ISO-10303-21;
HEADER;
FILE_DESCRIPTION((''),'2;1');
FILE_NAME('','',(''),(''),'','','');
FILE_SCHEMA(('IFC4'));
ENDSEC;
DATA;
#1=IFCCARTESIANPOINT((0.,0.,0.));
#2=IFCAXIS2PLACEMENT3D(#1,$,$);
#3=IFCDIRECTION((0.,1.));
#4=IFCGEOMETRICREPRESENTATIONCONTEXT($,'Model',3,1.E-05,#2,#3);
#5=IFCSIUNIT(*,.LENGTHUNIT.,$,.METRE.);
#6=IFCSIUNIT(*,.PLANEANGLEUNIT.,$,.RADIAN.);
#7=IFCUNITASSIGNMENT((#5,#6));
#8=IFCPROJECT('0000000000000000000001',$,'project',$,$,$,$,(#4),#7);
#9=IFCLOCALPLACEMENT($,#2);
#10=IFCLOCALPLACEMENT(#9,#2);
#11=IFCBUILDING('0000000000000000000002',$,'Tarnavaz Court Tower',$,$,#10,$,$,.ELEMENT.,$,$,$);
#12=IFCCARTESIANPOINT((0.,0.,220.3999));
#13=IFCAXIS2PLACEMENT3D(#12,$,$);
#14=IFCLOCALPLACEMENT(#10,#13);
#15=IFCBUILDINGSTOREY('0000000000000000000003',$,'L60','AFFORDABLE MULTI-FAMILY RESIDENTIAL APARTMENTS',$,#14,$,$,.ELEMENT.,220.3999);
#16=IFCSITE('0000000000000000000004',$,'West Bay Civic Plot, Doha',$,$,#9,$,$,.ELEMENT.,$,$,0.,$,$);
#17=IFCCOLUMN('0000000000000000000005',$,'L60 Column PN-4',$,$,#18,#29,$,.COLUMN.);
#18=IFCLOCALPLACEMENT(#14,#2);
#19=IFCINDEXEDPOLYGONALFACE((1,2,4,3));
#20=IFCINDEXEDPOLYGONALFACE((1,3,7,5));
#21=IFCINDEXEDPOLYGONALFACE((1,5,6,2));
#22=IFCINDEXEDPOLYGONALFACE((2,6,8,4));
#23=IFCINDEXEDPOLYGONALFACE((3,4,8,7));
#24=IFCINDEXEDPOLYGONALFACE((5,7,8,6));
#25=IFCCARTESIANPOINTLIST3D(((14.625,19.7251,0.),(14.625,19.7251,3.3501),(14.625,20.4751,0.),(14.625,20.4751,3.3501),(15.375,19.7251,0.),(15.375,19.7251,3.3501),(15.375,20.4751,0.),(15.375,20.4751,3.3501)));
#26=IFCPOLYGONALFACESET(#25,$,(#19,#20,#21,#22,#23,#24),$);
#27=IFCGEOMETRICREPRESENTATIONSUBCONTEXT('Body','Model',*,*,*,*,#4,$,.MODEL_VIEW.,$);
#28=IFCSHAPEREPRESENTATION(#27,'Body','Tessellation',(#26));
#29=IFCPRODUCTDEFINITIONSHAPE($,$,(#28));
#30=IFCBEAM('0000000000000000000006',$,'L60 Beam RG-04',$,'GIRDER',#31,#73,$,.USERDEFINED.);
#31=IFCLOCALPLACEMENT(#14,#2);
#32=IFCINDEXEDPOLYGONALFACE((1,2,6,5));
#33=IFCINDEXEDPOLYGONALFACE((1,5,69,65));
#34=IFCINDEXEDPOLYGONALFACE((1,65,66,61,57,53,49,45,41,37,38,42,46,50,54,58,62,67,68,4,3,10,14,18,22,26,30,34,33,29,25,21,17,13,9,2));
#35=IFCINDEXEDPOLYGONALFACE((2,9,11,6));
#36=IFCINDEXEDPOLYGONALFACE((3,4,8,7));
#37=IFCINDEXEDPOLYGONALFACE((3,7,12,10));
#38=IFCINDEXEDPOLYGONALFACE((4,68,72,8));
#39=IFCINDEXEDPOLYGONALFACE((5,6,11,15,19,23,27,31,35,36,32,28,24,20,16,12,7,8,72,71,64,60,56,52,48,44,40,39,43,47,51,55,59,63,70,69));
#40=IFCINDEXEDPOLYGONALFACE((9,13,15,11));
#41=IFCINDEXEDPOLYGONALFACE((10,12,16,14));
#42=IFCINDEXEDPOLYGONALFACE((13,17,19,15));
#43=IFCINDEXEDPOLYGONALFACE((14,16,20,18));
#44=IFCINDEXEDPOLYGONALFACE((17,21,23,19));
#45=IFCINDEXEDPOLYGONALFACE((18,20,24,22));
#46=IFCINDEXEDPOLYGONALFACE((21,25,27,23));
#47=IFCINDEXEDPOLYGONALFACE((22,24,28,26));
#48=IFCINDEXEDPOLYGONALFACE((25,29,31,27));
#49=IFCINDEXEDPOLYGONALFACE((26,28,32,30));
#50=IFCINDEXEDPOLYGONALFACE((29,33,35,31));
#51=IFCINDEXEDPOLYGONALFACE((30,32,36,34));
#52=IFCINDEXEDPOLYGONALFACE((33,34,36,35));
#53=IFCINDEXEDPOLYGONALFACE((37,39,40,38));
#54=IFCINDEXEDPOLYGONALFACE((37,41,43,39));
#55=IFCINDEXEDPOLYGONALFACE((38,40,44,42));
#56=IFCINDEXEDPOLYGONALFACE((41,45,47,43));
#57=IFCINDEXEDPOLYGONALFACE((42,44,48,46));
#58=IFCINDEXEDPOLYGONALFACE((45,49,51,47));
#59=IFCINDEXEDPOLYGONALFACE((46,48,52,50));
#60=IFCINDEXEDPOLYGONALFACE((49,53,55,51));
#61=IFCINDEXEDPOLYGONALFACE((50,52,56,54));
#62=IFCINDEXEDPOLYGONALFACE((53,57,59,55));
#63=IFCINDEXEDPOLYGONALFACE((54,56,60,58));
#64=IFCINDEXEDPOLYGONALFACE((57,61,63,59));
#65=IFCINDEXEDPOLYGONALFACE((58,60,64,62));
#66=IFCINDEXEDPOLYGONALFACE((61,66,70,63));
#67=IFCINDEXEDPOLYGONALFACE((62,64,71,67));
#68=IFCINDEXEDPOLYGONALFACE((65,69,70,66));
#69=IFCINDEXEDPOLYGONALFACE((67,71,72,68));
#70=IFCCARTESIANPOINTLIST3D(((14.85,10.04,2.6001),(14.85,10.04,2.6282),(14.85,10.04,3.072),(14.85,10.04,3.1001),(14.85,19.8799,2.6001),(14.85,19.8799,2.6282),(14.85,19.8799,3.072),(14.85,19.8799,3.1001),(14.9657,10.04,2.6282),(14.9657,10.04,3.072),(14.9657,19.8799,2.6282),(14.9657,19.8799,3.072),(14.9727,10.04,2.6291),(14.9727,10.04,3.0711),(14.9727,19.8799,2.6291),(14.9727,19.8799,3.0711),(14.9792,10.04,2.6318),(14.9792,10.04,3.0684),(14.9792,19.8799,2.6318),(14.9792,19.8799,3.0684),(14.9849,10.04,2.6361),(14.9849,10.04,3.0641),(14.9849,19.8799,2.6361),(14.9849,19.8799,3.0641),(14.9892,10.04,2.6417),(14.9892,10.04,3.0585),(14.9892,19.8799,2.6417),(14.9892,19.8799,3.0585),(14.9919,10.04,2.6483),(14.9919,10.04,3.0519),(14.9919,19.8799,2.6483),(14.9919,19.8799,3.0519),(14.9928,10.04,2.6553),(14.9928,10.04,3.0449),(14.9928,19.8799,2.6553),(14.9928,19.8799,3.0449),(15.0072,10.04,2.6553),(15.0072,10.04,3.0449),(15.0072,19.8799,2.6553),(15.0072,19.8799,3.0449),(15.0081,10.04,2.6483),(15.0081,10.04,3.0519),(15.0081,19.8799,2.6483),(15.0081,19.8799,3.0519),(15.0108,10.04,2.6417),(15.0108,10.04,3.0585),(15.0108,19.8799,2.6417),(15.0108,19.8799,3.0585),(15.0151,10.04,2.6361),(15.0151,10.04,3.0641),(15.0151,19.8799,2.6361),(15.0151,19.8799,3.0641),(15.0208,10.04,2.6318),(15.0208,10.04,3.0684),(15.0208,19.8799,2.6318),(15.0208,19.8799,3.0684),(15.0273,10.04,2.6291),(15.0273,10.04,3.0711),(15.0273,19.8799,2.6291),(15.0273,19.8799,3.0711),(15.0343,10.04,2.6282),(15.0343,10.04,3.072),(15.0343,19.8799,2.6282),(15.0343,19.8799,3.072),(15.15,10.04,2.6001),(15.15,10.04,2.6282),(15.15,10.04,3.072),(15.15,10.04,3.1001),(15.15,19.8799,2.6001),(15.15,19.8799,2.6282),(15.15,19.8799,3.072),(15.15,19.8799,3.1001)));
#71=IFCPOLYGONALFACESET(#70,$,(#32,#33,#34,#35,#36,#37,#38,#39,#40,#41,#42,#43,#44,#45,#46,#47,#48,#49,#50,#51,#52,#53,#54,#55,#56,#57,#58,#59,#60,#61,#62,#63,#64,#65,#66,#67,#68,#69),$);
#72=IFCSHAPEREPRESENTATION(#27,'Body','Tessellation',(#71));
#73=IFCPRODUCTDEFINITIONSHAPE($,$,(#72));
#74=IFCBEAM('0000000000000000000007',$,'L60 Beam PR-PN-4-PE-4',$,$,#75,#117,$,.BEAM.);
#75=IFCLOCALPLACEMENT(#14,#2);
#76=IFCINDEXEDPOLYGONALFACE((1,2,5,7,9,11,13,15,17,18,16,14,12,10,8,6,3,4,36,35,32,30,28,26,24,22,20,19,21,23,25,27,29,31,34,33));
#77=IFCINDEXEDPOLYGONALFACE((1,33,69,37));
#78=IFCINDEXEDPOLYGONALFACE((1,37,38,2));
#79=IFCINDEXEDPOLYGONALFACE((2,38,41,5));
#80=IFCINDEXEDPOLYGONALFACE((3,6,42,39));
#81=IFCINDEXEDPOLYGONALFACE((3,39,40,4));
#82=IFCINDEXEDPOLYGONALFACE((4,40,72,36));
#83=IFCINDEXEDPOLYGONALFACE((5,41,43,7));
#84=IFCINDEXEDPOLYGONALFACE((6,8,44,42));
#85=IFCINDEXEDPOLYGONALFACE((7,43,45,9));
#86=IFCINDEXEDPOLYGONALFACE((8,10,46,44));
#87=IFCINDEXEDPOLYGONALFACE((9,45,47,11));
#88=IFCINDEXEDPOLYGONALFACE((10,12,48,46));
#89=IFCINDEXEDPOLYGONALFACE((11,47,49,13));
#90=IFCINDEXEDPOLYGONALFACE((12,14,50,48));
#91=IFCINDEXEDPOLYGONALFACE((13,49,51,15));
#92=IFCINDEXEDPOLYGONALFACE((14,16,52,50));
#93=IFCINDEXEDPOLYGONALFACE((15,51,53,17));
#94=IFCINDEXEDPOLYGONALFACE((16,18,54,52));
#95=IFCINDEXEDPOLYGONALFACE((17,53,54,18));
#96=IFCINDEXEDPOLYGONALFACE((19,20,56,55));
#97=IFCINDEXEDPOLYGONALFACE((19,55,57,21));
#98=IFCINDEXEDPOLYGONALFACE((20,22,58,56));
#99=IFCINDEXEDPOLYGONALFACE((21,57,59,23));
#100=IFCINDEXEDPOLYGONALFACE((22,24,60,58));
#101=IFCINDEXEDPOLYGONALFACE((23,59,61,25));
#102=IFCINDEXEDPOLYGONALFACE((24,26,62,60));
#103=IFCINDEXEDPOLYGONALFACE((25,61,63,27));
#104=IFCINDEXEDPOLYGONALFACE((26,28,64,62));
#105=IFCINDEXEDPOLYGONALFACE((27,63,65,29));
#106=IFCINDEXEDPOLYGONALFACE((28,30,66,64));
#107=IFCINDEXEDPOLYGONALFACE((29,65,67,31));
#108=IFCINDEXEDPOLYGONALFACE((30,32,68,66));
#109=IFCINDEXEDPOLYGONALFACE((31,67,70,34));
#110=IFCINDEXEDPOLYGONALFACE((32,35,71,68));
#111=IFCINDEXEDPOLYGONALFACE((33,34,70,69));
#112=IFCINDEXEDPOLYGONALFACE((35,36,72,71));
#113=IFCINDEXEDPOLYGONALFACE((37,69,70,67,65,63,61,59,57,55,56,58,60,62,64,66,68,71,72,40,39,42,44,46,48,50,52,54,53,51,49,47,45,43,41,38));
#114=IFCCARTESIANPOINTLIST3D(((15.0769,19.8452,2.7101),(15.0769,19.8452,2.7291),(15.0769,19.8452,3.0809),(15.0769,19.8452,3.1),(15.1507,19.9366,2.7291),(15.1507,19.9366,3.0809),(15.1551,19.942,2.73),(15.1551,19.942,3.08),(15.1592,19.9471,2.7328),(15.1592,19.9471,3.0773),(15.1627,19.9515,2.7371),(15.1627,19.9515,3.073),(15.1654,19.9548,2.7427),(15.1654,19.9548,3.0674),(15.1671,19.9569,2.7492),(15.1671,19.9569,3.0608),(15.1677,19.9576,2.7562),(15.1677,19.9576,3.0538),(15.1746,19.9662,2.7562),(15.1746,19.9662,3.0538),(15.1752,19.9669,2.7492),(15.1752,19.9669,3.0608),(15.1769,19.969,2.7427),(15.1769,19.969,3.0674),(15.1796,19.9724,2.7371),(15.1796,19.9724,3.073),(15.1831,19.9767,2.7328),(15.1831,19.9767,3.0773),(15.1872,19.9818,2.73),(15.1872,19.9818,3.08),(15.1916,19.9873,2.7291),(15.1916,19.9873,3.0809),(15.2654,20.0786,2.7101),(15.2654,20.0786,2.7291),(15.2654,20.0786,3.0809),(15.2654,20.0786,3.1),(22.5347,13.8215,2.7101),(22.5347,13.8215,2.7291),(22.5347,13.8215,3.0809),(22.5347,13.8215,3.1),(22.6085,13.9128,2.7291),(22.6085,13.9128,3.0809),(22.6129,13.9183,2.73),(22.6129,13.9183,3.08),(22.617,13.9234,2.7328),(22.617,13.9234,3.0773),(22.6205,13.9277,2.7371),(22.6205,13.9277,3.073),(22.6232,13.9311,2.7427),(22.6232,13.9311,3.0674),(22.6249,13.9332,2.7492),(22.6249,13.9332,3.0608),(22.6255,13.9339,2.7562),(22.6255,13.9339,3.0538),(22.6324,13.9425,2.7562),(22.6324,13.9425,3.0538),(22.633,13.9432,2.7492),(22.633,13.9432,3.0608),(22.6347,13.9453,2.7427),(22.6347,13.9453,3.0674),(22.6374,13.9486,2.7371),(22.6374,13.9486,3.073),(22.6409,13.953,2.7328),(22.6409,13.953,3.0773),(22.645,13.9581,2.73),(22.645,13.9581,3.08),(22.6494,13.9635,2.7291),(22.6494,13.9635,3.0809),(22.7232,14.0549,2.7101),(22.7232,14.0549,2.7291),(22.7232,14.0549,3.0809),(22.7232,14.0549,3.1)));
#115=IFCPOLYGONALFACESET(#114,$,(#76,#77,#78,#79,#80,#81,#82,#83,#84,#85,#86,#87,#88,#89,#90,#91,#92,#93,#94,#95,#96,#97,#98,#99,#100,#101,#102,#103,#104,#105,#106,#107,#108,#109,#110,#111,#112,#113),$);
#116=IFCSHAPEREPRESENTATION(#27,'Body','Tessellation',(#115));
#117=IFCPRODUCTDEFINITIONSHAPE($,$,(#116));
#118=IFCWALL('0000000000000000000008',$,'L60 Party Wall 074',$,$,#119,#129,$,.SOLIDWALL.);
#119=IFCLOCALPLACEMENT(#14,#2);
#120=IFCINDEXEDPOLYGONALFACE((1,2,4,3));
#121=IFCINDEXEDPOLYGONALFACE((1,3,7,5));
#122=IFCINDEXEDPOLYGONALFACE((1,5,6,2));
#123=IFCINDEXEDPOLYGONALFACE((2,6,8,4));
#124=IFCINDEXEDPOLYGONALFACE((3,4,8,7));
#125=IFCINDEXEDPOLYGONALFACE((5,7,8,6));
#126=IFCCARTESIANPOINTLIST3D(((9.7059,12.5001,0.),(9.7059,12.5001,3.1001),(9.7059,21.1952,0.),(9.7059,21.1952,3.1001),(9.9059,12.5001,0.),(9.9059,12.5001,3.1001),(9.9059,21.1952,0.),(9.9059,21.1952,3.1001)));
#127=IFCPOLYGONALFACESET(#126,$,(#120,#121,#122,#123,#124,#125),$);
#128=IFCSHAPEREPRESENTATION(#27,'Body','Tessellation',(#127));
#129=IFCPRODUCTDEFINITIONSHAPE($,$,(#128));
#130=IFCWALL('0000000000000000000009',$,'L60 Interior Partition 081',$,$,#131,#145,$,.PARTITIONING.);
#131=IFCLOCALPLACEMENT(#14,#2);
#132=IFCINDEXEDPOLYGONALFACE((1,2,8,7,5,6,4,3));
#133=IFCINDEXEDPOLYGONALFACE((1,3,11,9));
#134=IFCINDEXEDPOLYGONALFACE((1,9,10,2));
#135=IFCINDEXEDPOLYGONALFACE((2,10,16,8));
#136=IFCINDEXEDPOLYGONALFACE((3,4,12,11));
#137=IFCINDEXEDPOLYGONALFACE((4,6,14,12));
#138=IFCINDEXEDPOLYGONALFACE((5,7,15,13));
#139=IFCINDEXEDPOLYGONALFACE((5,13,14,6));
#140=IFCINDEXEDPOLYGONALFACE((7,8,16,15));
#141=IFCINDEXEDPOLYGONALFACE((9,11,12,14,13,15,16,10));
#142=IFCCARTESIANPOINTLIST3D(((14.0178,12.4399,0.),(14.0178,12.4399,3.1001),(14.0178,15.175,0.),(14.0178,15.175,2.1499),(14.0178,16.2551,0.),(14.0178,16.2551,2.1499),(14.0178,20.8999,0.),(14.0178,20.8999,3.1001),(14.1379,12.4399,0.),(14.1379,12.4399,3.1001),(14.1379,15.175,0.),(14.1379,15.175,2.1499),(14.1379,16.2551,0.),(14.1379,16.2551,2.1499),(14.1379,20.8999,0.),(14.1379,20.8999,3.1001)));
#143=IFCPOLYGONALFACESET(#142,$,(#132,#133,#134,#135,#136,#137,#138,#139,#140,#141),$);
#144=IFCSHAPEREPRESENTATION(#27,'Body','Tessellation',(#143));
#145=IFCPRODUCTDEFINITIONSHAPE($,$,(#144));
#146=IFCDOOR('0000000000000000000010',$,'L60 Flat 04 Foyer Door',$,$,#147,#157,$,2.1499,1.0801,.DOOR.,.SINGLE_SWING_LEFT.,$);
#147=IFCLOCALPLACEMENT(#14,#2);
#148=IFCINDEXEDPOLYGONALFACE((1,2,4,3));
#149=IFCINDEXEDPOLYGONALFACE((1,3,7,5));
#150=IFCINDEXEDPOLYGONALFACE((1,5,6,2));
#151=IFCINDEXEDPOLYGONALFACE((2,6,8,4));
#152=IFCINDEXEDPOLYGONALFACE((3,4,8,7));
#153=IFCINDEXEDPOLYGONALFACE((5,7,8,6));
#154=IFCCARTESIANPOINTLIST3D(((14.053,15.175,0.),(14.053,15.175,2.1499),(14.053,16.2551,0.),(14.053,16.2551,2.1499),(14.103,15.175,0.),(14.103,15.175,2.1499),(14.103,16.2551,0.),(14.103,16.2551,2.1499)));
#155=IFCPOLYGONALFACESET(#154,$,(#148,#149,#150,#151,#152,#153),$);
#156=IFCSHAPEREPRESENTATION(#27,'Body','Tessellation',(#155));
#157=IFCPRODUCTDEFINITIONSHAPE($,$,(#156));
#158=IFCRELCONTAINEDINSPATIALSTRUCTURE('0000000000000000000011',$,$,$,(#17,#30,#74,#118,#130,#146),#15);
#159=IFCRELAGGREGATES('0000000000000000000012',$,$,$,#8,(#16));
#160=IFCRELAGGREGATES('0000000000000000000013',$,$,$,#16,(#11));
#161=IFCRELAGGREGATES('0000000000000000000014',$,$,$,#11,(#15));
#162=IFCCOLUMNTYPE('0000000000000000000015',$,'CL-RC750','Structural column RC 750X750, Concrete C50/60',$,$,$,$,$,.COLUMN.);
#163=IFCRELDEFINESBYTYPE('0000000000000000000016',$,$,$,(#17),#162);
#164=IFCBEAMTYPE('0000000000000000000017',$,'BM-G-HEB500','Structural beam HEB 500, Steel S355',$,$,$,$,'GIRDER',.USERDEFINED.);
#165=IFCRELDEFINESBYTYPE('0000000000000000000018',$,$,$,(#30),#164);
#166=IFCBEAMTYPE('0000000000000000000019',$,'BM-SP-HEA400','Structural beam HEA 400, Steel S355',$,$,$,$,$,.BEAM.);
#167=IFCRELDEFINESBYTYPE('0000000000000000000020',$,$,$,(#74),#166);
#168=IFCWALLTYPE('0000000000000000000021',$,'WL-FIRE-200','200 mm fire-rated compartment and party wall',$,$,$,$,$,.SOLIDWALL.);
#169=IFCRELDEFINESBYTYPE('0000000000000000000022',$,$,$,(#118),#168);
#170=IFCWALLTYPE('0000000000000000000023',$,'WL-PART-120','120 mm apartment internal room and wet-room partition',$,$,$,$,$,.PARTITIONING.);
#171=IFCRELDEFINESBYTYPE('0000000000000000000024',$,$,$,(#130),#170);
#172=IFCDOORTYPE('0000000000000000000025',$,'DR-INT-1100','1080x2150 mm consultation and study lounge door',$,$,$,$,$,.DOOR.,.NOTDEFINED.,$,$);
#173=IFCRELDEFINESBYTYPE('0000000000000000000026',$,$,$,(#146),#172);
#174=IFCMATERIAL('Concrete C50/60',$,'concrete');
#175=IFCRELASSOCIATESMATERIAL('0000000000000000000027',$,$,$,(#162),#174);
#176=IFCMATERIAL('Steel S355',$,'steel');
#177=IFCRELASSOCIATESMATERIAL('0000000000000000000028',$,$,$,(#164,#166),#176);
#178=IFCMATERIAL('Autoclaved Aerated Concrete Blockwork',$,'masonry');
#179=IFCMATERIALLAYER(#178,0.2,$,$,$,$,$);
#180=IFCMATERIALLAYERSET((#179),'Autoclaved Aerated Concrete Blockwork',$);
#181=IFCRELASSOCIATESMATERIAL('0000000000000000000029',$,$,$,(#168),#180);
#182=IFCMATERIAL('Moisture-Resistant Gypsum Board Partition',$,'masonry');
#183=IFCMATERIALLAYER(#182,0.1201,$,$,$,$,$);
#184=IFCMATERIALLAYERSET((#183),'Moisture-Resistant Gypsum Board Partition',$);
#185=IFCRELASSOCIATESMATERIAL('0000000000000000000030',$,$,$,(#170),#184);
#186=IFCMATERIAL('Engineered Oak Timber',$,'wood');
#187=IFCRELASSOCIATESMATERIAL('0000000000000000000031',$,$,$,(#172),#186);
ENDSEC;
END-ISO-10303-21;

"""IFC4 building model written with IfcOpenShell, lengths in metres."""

from ifc_helpers import new_model, si_unit, direction, frame, frame_2d, origin, origin_2d, place, context, subcontext, project, spatial, rectangle, i_section, extrude, material, layer, layer_set, material_profile, profile_set, type_object, element, fill, save


model = new_model("IFC4")

# Units and contexts
model_context = context("Model", 3, precision=1e-05, world=origin(), true_north=direction((0.0, 1.0)))
body_context = subcontext(model_context, "Body", "Model", "MODEL_VIEW")
ifc_project = project(units=[si_unit("LENGTHUNIT", "METRE"), si_unit("PLANEANGLEUNIT", "RADIAN")], contexts=[model_context])

# Site, building, storey
site_placement = place(None, origin())
site = spatial("IfcSite", under=ifc_project, at=site_placement, Name="West Bay Civic Plot, Doha", CompositionType="ELEMENT", RefElevation=0.0)
building_placement = place(site_placement, origin())
building = spatial("IfcBuilding", under=site, at=building_placement, Name="Tarnavaz Court Tower", CompositionType="ELEMENT")
storey_placement = place(building_placement, frame((0.0, 0.0, 220.3999)))
storey = spatial("IfcBuildingStorey", under=building, at=storey_placement, Name="L60", Description="AFFORDABLE MULTI-FAMILY RESIDENTIAL APARTMENTS", CompositionType="ELEMENT", Elevation=220.3999)

# Column
ifc_material_1 = material(Name="Concrete C50/60", Category="concrete")
ifc_material_profile_1 = material_profile(ifc_material_1, rectangle(XDim=0.75, YDim=0.75, at=origin_2d()), Name="RC 750X750")
ifc_profile_set_1 = profile_set([ifc_material_profile_1], Name="Concrete C50/60")
column_type = type_object("IfcColumnType", Name="CL-RC750", Description="Structural column RC 750X750, Concrete C50/60", PredefinedType="COLUMN", material=ifc_profile_set_1)
column_placement = place(storey_placement, frame((15.0, 20.1001, 0.0), z_axis=(0.0, 0.0, 1.0), x_axis=(1.0, 0.0, 0.0)))
element("IfcColumn", 1, at=column_placement, inside=storey, type_object=column_type, Name="L60 Column PN-4", PredefinedType="COLUMN", context=body_context, shape_type="SweptSolid", body=[
    extrude(rectangle(XDim=0.75, YDim=0.75, at=origin_2d()), origin(), (0.0, 0.0, 1.0), 3.3501),
])

# Beams
ifc_material_2 = material(Name="Steel S355", Category="steel")
ifc_material_profile_2 = material_profile(ifc_material_2, i_section(OverallWidth=0.3, OverallDepth=0.5, WebThickness=0.0144, FlangeThickness=0.0281, FilletRadius=0.0271, at=origin_2d()), Name="HEB 500")
ifc_profile_set_2 = profile_set([ifc_material_profile_2], Name="Steel S355")
beam_type_1 = type_object("IfcBeamType", Name="BM-G-HEB500", Description="Structural beam HEB 500, Steel S355", ElementType="GIRDER", PredefinedType="USERDEFINED", material=ifc_profile_set_2)
beam_1_placement = place(storey_placement, frame((15.0, 10.04, 2.8501), z_axis=(0.0, 1.0, 0.0), x_axis=(-1.0, 0.0, 0.0)))
element("IfcBeam", 2, at=beam_1_placement, inside=storey, type_object=beam_type_1, Name="L60 Beam RG-04", ObjectType="GIRDER", PredefinedType="USERDEFINED", context=body_context, shape_type="SweptSolid", body=[
    extrude(i_section(OverallWidth=0.3, OverallDepth=0.5, WebThickness=0.0144, FlangeThickness=0.0281, FilletRadius=0.0271, at=origin_2d()), origin(), (0.0, 0.0, 1.0), 9.8398),
])
ifc_material_profile_3 = material_profile(ifc_material_2, i_section(OverallWidth=0.3, OverallDepth=0.3899, WebThickness=0.011, FlangeThickness=0.019, FilletRadius=0.0271, at=origin_2d()), Name="HEA 400")
ifc_profile_set_3 = profile_set([ifc_material_profile_3], Name="Steel S355")
beam_type_2 = type_object("IfcBeamType", Name="BM-SP-HEA400", Description="Structural beam HEA 400, Steel S355", PredefinedType="BEAM", material=ifc_profile_set_3)
beam_2_placement = place(storey_placement, frame((15.1711, 19.9619, 2.905), z_axis=(0.777936, -0.628344, 0.0), x_axis=(0.628344, 0.777936, 0.0)))
element("IfcBeam", 3, at=beam_2_placement, inside=storey, type_object=beam_type_2, Name="L60 Beam PR-PN-4-PE-4", PredefinedType="BEAM", context=body_context, shape_type="SweptSolid", body=[
    extrude(i_section(OverallWidth=0.3, OverallDepth=0.3899, WebThickness=0.011, FlangeThickness=0.019, FilletRadius=0.0271, at=origin_2d()), origin(), (0.0, 0.0, 1.0), 9.5867),
])

# Wall
ifc_material_3 = material(Name="Autoclaved Aerated Concrete Blockwork", Category="masonry")
ifc_layer_1 = layer(ifc_material_3, 0.2)
ifc_layer_set_1 = layer_set([ifc_layer_1], Name="Autoclaved Aerated Concrete Blockwork")
wall_type_1 = type_object("IfcWallType", Name="WL-FIRE-200", Description="200 mm fire-rated compartment and party wall", PredefinedType="SOLIDWALL", material=ifc_layer_set_1)
wall_1_placement = place(storey_placement, frame((9.8059, 12.5, 0.0), z_axis=(0.0, 0.0, 1.0), x_axis=(0.0, 1.0, 0.0)))
element("IfcWall", 4, at=wall_1_placement, inside=storey, type_object=wall_type_1, Name="L60 Party Wall 074", PredefinedType="SOLIDWALL", context=body_context, shape_type="SweptSolid", body=[
    extrude(rectangle(XDim=8.6951, YDim=0.2, at=frame_2d((4.3477, 0.0))), origin(), (0.0, 0.0, 1.0), 3.1001),
])

# Wall, opening, door
ifc_material_4 = material(Name="Moisture-Resistant Gypsum Board Partition", Category="masonry")
ifc_layer_2 = layer(ifc_material_4, 0.1201)
ifc_layer_set_2 = layer_set([ifc_layer_2], Name="Moisture-Resistant Gypsum Board Partition")
wall_type_2 = type_object("IfcWallType", Name="WL-PART-120", Description="120 mm apartment internal room and wet-room partition", PredefinedType="PARTITIONING", material=ifc_layer_set_2)
wall_2_placement = place(storey_placement, frame((14.0779, 12.4399, 0.0), z_axis=(0.0, 0.0, 1.0), x_axis=(0.0, 1.0, 0.0)))
wall_2 = element("IfcWall", 5, at=wall_2_placement, inside=storey, type_object=wall_type_2, Name="L60 Interior Partition 081", PredefinedType="PARTITIONING", context=body_context, shape_type="SweptSolid", body=[
    extrude(rectangle(XDim=8.46, YDim=0.1201, at=frame_2d((4.23, 0.0))), origin(), (0.0, 0.0, 1.0), 3.1001),
])
opening_1_placement = place(wall_2_placement, frame((2.7351, 0.0, 0.0)))
opening_1 = element("IfcOpeningElement", 6, at=opening_1_placement, cuts=wall_2, PredefinedType="OPENING", context=body_context, shape_type="SweptSolid", body=[
    extrude(rectangle(XDim=1.0801, YDim=2.1499, at=frame_2d((0.54, 1.075))), frame((0.0, 0.0701, 0.0), z_axis=(0.0, -1.0, 0.0), x_axis=(1.0, 0.0, 0.0)), (0.0, 0.0, 1.0), 0.1401),
])
ifc_material_5 = material(Name="Engineered Oak Timber", Category="wood")
door_type_1 = type_object("IfcDoorType", Name="DR-INT-1100", Description="1080x2150 mm consultation and study lounge door", OperationType="NOTDEFINED", PredefinedType="DOOR", material=ifc_material_5)
door_1_placement = place(opening_1_placement, origin())
door_1 = element("IfcDoor", 7, at=door_1_placement, inside=storey, type_object=door_type_1, Name="L60 Flat 04 Foyer Door", OperationType="SINGLE_SWING_LEFT", OverallHeight=2.1499, OverallWidth=1.0801, PredefinedType="DOOR", context=body_context, shape_type="SweptSolid", body=[
    extrude(rectangle(XDim=1.0801, YDim=2.1499, at=frame_2d((0.54, 1.075))), frame((0.0, 0.0249, 0.0), z_axis=(0.0, -1.0, 0.0), x_axis=(1.0, 0.0, 0.0)), (0.0, 0.0, 1.0), 0.05),
])
fill(opening_1, door_1)

save(model, "model.ifc")
